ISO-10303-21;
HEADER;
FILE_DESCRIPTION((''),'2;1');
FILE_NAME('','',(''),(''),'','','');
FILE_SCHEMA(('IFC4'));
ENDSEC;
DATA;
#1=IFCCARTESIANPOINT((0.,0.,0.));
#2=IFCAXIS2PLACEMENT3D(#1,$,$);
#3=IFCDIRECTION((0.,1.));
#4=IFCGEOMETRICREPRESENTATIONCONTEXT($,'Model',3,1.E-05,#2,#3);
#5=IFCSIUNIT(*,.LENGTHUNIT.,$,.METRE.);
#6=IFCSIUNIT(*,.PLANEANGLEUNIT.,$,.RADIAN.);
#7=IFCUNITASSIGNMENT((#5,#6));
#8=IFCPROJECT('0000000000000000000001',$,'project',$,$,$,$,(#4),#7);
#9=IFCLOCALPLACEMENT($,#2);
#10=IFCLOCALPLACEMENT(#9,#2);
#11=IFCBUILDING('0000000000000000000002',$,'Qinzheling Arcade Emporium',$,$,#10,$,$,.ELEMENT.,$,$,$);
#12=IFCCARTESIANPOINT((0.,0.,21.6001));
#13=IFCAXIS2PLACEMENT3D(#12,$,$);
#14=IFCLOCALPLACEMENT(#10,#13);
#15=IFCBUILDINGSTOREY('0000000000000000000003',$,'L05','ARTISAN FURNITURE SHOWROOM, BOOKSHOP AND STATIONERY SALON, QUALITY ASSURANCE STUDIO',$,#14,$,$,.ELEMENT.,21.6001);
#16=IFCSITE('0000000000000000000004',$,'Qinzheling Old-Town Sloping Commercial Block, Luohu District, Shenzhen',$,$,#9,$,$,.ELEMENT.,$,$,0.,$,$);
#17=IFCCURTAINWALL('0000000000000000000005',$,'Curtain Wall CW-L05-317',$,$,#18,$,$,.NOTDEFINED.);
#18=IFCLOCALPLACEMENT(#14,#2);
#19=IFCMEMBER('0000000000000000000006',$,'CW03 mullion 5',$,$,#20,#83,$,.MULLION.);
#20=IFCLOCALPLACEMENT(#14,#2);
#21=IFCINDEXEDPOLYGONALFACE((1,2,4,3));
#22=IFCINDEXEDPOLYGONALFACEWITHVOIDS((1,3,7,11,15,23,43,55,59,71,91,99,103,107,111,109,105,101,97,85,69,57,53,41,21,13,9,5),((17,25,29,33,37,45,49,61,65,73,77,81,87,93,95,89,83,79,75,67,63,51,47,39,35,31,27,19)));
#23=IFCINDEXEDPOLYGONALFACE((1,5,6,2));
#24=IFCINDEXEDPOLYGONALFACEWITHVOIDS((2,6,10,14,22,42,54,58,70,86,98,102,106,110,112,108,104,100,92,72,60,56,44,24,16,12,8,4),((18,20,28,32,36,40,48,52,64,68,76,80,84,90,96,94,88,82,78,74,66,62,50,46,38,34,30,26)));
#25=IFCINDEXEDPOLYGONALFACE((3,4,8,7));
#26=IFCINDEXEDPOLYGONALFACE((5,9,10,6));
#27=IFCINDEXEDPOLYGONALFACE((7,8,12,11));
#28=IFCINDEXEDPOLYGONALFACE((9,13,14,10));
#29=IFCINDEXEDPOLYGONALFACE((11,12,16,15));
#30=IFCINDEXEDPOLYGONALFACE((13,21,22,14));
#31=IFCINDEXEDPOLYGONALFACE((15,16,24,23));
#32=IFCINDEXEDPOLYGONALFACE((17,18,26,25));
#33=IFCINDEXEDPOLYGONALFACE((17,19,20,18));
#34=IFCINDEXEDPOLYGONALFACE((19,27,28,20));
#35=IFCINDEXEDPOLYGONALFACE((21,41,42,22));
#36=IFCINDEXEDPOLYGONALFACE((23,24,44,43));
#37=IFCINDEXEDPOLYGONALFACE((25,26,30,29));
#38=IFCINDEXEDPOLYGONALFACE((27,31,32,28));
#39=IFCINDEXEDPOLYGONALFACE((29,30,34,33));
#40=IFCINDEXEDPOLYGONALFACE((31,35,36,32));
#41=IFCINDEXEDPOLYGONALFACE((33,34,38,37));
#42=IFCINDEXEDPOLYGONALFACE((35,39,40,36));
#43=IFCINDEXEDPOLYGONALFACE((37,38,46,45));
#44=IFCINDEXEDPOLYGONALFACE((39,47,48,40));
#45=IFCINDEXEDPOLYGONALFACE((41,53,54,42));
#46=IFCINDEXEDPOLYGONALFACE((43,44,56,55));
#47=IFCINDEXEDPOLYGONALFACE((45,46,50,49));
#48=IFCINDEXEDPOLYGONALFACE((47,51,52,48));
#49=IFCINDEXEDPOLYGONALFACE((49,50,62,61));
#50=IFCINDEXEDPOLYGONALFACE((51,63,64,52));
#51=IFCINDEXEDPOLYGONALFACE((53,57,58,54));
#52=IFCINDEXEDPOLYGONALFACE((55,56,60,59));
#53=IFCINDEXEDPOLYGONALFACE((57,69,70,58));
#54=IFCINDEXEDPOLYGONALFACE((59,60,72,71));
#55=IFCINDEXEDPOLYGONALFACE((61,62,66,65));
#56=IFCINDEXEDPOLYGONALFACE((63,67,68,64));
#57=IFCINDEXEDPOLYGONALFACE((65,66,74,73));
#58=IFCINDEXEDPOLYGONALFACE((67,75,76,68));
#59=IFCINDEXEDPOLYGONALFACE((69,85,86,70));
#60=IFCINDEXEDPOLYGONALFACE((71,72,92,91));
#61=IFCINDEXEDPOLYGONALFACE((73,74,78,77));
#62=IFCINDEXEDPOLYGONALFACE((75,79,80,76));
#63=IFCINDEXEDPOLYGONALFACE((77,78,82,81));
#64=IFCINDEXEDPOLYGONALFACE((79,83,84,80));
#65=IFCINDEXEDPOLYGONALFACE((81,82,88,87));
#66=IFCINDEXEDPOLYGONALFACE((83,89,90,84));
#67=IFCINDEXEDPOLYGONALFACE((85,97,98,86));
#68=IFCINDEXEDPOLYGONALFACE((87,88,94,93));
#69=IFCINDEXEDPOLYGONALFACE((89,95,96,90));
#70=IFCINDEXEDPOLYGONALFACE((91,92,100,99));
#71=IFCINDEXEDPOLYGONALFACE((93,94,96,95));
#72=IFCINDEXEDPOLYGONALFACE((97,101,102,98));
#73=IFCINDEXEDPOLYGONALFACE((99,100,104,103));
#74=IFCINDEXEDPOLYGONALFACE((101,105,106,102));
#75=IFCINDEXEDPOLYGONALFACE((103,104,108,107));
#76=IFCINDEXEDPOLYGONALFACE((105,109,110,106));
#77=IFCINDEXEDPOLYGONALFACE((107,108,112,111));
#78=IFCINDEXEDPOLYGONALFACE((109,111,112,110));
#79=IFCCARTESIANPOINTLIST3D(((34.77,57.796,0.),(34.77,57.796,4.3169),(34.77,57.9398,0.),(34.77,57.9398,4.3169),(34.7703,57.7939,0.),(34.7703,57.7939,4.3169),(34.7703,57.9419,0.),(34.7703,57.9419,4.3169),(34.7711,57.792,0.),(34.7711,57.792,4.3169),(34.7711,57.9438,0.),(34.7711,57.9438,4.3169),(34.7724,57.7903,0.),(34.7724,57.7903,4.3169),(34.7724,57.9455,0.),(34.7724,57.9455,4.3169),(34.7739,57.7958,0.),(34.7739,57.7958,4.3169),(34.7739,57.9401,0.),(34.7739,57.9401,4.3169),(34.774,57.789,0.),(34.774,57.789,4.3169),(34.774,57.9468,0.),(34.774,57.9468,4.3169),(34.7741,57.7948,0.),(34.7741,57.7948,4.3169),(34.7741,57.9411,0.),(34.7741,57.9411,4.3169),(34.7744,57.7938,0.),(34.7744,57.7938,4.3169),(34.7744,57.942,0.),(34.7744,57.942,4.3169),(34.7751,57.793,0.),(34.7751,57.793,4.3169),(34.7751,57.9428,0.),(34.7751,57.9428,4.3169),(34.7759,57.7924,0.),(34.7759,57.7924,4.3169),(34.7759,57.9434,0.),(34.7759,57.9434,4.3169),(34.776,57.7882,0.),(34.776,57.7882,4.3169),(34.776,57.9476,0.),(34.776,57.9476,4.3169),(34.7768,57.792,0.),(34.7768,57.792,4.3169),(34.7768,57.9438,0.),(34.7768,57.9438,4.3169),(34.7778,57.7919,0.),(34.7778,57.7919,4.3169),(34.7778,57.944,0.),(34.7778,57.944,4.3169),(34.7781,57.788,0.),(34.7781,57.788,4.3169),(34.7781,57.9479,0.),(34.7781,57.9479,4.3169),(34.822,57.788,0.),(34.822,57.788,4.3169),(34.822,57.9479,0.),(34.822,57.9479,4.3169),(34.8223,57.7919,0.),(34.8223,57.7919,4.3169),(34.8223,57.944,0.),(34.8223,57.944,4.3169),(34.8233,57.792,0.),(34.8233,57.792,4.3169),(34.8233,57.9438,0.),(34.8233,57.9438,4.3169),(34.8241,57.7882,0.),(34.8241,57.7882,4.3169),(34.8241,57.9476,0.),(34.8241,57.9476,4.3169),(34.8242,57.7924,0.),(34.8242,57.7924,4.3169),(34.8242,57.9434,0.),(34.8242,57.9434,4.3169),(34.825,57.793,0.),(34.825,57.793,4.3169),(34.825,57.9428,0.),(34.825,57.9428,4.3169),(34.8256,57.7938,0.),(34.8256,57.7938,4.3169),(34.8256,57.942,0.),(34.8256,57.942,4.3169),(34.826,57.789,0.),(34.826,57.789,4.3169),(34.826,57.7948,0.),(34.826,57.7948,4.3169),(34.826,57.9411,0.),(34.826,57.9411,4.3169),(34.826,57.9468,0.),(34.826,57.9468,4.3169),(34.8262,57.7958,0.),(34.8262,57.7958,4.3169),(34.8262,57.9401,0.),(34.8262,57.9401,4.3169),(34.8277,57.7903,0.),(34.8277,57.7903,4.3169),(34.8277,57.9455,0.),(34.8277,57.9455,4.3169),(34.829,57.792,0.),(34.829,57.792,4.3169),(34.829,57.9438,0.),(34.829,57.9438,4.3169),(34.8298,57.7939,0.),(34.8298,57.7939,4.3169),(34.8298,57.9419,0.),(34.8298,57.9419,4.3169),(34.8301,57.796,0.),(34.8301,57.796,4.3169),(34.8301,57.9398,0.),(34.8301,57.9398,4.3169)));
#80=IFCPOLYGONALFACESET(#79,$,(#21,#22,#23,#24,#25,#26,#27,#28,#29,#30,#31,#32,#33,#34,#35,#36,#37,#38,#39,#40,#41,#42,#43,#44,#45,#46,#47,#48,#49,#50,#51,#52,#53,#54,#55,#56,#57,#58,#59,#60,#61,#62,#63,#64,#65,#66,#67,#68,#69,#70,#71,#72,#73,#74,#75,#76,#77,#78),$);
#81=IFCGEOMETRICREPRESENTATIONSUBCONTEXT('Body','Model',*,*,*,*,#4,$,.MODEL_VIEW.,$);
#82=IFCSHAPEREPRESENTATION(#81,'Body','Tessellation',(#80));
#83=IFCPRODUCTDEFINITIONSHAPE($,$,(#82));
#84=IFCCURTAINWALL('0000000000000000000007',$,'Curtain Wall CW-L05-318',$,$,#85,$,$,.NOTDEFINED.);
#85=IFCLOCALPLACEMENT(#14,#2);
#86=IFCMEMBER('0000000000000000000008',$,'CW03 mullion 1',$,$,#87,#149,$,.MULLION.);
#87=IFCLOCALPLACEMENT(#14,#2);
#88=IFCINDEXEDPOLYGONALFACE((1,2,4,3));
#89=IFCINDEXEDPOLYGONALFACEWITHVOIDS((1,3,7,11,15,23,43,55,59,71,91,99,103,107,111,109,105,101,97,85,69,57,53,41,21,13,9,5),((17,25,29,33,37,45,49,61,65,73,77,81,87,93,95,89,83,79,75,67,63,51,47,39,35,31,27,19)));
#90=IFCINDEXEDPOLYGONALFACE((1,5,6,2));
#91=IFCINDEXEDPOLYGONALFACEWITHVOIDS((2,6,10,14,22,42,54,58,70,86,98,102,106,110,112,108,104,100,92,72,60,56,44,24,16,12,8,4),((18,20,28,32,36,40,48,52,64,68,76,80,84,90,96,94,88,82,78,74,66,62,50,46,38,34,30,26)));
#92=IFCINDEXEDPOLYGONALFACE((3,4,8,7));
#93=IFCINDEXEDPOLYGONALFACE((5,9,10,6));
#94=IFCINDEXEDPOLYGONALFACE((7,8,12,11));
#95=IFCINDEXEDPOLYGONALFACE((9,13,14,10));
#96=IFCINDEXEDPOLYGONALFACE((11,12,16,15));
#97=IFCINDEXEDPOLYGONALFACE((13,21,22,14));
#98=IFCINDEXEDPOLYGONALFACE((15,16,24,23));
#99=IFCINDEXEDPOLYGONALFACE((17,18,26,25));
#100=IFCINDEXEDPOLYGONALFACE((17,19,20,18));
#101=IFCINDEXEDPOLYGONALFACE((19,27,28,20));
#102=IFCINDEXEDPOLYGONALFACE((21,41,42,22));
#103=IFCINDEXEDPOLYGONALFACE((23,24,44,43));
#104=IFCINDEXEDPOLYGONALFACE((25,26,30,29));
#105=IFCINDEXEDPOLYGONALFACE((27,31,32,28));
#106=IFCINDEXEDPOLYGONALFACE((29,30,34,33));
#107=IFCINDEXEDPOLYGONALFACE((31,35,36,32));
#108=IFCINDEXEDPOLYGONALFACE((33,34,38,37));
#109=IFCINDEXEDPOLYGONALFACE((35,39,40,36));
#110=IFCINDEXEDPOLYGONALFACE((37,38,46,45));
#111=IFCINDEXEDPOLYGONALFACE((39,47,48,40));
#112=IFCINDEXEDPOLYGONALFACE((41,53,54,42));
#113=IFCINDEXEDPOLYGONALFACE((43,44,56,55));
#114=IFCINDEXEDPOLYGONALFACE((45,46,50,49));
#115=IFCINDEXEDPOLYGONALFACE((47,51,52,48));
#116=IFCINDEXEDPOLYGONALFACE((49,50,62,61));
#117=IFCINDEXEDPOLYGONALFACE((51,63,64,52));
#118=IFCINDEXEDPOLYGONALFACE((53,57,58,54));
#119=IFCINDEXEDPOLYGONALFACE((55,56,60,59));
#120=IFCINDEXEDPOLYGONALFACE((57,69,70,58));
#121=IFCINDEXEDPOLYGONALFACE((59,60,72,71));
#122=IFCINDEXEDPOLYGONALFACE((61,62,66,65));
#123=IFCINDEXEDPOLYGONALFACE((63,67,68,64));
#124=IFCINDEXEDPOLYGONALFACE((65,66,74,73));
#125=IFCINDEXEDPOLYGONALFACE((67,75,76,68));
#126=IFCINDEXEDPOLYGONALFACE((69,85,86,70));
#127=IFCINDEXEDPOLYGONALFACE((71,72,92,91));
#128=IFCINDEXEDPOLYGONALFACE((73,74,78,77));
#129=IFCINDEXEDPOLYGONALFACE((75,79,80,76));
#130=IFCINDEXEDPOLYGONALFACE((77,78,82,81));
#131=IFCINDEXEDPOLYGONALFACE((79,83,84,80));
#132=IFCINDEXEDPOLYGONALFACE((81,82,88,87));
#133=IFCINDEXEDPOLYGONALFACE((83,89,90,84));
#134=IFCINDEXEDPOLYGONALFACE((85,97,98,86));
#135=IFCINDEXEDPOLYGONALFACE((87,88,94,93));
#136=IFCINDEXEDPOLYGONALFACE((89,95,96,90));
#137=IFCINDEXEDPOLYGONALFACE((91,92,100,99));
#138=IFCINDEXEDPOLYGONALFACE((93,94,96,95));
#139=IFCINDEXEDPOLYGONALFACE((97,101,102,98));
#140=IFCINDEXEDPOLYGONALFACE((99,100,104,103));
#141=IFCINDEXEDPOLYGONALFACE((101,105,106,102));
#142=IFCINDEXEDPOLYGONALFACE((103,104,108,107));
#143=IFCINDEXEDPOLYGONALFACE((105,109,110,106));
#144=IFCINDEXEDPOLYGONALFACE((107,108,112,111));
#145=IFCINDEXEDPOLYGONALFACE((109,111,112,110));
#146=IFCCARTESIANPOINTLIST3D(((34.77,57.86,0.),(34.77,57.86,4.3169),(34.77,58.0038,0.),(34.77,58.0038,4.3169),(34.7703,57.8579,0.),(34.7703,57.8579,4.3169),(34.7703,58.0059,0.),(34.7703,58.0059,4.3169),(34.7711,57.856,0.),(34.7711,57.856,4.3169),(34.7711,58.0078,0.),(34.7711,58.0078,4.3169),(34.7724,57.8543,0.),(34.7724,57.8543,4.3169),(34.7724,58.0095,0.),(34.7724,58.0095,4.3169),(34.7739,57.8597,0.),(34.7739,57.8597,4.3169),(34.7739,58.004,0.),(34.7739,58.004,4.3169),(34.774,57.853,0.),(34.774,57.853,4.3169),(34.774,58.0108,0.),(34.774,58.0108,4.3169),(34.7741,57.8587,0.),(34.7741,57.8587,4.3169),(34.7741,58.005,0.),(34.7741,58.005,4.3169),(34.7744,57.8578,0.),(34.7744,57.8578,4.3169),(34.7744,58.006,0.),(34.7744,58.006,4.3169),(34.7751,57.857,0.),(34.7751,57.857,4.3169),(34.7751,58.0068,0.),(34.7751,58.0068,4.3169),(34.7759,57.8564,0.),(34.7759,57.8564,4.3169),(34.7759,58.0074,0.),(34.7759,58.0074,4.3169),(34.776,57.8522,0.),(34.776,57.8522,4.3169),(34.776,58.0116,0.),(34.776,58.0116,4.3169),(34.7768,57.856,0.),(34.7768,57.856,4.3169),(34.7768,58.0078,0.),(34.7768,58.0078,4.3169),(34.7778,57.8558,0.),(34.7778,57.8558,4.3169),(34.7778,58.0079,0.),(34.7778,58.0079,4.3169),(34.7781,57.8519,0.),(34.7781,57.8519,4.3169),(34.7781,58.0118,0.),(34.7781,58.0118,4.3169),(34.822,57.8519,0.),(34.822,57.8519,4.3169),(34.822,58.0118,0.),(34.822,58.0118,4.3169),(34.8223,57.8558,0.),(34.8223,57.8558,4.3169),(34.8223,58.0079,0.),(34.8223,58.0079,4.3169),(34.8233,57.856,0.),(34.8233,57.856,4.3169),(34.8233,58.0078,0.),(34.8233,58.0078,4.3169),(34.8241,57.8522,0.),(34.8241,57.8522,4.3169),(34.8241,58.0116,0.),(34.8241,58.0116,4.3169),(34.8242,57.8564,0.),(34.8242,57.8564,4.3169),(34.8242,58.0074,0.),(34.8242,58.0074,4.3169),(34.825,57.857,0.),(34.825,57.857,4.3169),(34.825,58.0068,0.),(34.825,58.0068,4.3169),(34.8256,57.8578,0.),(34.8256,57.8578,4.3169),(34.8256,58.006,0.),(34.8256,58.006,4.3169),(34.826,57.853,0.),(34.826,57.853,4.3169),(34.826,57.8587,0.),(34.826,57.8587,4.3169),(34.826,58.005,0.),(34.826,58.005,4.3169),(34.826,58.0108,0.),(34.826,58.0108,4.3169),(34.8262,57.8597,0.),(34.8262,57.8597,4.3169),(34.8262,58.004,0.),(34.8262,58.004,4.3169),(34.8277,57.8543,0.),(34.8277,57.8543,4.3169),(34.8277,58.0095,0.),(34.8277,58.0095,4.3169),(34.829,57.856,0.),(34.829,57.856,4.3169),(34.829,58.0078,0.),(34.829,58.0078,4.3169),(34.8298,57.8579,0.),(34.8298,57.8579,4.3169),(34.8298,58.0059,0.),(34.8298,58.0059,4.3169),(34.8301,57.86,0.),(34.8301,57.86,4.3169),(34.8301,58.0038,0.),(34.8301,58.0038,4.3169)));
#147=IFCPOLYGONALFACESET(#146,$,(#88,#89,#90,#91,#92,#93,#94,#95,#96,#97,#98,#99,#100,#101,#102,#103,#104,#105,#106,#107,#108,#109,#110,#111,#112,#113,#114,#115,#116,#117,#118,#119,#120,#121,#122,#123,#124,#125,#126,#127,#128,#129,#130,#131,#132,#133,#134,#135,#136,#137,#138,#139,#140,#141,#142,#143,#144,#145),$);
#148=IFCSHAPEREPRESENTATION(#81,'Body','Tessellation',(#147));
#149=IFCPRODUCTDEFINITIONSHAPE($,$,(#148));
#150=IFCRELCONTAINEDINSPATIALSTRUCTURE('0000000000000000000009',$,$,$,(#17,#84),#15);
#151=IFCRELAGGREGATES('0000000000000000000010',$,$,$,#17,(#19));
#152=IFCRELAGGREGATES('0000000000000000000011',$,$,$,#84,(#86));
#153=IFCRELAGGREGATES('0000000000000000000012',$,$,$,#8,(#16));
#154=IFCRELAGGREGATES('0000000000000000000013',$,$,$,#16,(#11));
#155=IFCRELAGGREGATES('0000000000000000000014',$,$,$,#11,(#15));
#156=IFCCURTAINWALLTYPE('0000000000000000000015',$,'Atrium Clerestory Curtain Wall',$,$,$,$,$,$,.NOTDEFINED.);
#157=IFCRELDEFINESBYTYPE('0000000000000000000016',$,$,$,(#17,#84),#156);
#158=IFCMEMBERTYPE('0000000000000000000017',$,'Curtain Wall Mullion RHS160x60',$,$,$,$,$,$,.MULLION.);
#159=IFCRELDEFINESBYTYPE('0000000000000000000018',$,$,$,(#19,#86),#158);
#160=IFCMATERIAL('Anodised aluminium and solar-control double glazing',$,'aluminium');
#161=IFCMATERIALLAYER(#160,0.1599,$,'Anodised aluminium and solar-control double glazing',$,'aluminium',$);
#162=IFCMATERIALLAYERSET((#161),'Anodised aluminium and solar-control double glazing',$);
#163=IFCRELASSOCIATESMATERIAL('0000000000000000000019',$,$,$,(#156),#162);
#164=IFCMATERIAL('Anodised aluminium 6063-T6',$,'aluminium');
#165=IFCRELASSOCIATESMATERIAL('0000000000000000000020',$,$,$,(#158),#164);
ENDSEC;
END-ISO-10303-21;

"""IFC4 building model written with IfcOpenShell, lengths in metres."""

from ifc_helpers import new_model, si_unit, direction, frame, origin, origin_2d, place, context, subcontext, project, spatial, hollow_rectangle, extrude, material, layer, layer_set, material_profile, profile_set, type_object, element, aggregate, save


model = new_model("IFC4")

# Units and contexts
model_context = context("Model", 3, precision=1e-05, world=origin(), true_north=direction((0.0, 1.0)))
body_context = subcontext(model_context, "Body", "Model", "MODEL_VIEW")
ifc_project = project(units=[si_unit("LENGTHUNIT", "METRE"), si_unit("PLANEANGLEUNIT", "RADIAN")], contexts=[model_context])

# Site, building, storey
site_placement = place(None, origin())
site = spatial("IfcSite", under=ifc_project, at=site_placement, Name="Qinzheling Old-Town Sloping Commercial Block, Luohu District, Shenzhen", CompositionType="ELEMENT", RefElevation=0.0)
building_placement = place(site_placement, origin())
building = spatial("IfcBuilding", under=site, at=building_placement, Name="Qinzheling Arcade Emporium", CompositionType="ELEMENT")
storey_placement = place(building_placement, frame((0.0, 0.0, 21.6001)))
storey = spatial("IfcBuildingStorey", under=building, at=storey_placement, Name="L05", Description="ARTISAN FURNITURE SHOWROOM, BOOKSHOP AND STATIONERY SALON, QUALITY ASSURANCE STUDIO", CompositionType="ELEMENT", Elevation=21.6001)

# Curtain walls, members
ifc_material_1 = material(Name="Anodised aluminium and solar-control double glazing", Category="aluminium")
ifc_layer_1 = layer(ifc_material_1, 0.1599, Name="Anodised aluminium and solar-control double glazing", Category="aluminium")
ifc_layer_set_1 = layer_set([ifc_layer_1], Name="Anodised aluminium and solar-control double glazing")
curtain_wall_type = type_object("IfcCurtainWallType", Name="Atrium Clerestory Curtain Wall", PredefinedType="NOTDEFINED", material=ifc_layer_set_1)
curtain_wall_1_placement = place(storey_placement, origin())
curtain_wall_1 = element("IfcCurtainWall", 1, at=curtain_wall_1_placement, inside=storey, type_object=curtain_wall_type, Name="Curtain Wall CW-L05-317", PredefinedType="NOTDEFINED")
ifc_material_2 = material(Name="Anodised aluminium 6063-T6", Category="aluminium")
ifc_material_profile_1 = material_profile(ifc_material_2, hollow_rectangle(XDim=0.0601, YDim=0.1599, WallThickness=0.0039, InnerFilletRadius=0.0039, OuterFilletRadius=0.0081, at=origin_2d()), Name="RHS 160x60x4", Category="aluminium")
ifc_profile_set_1 = profile_set([ifc_material_profile_1], Name="Anodised aluminium 6063-T6")
member_type_1 = type_object("IfcMemberType", Name="Curtain Wall Mullion RHS160x60", PredefinedType="MULLION", material=ifc_profile_set_1)
member_1_placement = place(storey_placement, frame((34.8, 57.8679, 0.0), z_axis=(0.0, 0.0, 1.0), x_axis=(-1.0, 0.0, 0.0)))
member_1 = element("IfcMember", 2, at=member_1_placement, type_object=member_type_1, Name="CW03 mullion 5", PredefinedType="MULLION", context=body_context, shape_type="SweptSolid", body=[
    extrude(hollow_rectangle(XDim=0.0601, YDim=0.1599, WallThickness=0.0039, InnerFilletRadius=0.0039, OuterFilletRadius=0.0081, at=origin_2d()), origin(), (0.0, 0.0, 1.0), 4.3169),
])
curtain_wall_2_placement = place(storey_placement, origin())
curtain_wall_2 = element("IfcCurtainWall", 3, at=curtain_wall_2_placement, inside=storey, type_object=curtain_wall_type, Name="Curtain Wall CW-L05-318", PredefinedType="NOTDEFINED")
member_2_placement = place(storey_placement, frame((34.8, 57.9319, 0.0), z_axis=(0.0, 0.0, 1.0), x_axis=(-1.0, 0.0, 0.0)))
member_2 = element("IfcMember", 4, at=member_2_placement, type_object=member_type_1, Name="CW03 mullion 1", PredefinedType="MULLION", context=body_context, shape_type="SweptSolid", body=[
    extrude(hollow_rectangle(XDim=0.0601, YDim=0.1599, WallThickness=0.0039, InnerFilletRadius=0.0039, OuterFilletRadius=0.0081, at=origin_2d()), origin(), (0.0, 0.0, 1.0), 4.3169),
])

aggregate(curtain_wall_1, [member_1])
aggregate(curtain_wall_2, [member_2])

save(model, "model.ifc")
